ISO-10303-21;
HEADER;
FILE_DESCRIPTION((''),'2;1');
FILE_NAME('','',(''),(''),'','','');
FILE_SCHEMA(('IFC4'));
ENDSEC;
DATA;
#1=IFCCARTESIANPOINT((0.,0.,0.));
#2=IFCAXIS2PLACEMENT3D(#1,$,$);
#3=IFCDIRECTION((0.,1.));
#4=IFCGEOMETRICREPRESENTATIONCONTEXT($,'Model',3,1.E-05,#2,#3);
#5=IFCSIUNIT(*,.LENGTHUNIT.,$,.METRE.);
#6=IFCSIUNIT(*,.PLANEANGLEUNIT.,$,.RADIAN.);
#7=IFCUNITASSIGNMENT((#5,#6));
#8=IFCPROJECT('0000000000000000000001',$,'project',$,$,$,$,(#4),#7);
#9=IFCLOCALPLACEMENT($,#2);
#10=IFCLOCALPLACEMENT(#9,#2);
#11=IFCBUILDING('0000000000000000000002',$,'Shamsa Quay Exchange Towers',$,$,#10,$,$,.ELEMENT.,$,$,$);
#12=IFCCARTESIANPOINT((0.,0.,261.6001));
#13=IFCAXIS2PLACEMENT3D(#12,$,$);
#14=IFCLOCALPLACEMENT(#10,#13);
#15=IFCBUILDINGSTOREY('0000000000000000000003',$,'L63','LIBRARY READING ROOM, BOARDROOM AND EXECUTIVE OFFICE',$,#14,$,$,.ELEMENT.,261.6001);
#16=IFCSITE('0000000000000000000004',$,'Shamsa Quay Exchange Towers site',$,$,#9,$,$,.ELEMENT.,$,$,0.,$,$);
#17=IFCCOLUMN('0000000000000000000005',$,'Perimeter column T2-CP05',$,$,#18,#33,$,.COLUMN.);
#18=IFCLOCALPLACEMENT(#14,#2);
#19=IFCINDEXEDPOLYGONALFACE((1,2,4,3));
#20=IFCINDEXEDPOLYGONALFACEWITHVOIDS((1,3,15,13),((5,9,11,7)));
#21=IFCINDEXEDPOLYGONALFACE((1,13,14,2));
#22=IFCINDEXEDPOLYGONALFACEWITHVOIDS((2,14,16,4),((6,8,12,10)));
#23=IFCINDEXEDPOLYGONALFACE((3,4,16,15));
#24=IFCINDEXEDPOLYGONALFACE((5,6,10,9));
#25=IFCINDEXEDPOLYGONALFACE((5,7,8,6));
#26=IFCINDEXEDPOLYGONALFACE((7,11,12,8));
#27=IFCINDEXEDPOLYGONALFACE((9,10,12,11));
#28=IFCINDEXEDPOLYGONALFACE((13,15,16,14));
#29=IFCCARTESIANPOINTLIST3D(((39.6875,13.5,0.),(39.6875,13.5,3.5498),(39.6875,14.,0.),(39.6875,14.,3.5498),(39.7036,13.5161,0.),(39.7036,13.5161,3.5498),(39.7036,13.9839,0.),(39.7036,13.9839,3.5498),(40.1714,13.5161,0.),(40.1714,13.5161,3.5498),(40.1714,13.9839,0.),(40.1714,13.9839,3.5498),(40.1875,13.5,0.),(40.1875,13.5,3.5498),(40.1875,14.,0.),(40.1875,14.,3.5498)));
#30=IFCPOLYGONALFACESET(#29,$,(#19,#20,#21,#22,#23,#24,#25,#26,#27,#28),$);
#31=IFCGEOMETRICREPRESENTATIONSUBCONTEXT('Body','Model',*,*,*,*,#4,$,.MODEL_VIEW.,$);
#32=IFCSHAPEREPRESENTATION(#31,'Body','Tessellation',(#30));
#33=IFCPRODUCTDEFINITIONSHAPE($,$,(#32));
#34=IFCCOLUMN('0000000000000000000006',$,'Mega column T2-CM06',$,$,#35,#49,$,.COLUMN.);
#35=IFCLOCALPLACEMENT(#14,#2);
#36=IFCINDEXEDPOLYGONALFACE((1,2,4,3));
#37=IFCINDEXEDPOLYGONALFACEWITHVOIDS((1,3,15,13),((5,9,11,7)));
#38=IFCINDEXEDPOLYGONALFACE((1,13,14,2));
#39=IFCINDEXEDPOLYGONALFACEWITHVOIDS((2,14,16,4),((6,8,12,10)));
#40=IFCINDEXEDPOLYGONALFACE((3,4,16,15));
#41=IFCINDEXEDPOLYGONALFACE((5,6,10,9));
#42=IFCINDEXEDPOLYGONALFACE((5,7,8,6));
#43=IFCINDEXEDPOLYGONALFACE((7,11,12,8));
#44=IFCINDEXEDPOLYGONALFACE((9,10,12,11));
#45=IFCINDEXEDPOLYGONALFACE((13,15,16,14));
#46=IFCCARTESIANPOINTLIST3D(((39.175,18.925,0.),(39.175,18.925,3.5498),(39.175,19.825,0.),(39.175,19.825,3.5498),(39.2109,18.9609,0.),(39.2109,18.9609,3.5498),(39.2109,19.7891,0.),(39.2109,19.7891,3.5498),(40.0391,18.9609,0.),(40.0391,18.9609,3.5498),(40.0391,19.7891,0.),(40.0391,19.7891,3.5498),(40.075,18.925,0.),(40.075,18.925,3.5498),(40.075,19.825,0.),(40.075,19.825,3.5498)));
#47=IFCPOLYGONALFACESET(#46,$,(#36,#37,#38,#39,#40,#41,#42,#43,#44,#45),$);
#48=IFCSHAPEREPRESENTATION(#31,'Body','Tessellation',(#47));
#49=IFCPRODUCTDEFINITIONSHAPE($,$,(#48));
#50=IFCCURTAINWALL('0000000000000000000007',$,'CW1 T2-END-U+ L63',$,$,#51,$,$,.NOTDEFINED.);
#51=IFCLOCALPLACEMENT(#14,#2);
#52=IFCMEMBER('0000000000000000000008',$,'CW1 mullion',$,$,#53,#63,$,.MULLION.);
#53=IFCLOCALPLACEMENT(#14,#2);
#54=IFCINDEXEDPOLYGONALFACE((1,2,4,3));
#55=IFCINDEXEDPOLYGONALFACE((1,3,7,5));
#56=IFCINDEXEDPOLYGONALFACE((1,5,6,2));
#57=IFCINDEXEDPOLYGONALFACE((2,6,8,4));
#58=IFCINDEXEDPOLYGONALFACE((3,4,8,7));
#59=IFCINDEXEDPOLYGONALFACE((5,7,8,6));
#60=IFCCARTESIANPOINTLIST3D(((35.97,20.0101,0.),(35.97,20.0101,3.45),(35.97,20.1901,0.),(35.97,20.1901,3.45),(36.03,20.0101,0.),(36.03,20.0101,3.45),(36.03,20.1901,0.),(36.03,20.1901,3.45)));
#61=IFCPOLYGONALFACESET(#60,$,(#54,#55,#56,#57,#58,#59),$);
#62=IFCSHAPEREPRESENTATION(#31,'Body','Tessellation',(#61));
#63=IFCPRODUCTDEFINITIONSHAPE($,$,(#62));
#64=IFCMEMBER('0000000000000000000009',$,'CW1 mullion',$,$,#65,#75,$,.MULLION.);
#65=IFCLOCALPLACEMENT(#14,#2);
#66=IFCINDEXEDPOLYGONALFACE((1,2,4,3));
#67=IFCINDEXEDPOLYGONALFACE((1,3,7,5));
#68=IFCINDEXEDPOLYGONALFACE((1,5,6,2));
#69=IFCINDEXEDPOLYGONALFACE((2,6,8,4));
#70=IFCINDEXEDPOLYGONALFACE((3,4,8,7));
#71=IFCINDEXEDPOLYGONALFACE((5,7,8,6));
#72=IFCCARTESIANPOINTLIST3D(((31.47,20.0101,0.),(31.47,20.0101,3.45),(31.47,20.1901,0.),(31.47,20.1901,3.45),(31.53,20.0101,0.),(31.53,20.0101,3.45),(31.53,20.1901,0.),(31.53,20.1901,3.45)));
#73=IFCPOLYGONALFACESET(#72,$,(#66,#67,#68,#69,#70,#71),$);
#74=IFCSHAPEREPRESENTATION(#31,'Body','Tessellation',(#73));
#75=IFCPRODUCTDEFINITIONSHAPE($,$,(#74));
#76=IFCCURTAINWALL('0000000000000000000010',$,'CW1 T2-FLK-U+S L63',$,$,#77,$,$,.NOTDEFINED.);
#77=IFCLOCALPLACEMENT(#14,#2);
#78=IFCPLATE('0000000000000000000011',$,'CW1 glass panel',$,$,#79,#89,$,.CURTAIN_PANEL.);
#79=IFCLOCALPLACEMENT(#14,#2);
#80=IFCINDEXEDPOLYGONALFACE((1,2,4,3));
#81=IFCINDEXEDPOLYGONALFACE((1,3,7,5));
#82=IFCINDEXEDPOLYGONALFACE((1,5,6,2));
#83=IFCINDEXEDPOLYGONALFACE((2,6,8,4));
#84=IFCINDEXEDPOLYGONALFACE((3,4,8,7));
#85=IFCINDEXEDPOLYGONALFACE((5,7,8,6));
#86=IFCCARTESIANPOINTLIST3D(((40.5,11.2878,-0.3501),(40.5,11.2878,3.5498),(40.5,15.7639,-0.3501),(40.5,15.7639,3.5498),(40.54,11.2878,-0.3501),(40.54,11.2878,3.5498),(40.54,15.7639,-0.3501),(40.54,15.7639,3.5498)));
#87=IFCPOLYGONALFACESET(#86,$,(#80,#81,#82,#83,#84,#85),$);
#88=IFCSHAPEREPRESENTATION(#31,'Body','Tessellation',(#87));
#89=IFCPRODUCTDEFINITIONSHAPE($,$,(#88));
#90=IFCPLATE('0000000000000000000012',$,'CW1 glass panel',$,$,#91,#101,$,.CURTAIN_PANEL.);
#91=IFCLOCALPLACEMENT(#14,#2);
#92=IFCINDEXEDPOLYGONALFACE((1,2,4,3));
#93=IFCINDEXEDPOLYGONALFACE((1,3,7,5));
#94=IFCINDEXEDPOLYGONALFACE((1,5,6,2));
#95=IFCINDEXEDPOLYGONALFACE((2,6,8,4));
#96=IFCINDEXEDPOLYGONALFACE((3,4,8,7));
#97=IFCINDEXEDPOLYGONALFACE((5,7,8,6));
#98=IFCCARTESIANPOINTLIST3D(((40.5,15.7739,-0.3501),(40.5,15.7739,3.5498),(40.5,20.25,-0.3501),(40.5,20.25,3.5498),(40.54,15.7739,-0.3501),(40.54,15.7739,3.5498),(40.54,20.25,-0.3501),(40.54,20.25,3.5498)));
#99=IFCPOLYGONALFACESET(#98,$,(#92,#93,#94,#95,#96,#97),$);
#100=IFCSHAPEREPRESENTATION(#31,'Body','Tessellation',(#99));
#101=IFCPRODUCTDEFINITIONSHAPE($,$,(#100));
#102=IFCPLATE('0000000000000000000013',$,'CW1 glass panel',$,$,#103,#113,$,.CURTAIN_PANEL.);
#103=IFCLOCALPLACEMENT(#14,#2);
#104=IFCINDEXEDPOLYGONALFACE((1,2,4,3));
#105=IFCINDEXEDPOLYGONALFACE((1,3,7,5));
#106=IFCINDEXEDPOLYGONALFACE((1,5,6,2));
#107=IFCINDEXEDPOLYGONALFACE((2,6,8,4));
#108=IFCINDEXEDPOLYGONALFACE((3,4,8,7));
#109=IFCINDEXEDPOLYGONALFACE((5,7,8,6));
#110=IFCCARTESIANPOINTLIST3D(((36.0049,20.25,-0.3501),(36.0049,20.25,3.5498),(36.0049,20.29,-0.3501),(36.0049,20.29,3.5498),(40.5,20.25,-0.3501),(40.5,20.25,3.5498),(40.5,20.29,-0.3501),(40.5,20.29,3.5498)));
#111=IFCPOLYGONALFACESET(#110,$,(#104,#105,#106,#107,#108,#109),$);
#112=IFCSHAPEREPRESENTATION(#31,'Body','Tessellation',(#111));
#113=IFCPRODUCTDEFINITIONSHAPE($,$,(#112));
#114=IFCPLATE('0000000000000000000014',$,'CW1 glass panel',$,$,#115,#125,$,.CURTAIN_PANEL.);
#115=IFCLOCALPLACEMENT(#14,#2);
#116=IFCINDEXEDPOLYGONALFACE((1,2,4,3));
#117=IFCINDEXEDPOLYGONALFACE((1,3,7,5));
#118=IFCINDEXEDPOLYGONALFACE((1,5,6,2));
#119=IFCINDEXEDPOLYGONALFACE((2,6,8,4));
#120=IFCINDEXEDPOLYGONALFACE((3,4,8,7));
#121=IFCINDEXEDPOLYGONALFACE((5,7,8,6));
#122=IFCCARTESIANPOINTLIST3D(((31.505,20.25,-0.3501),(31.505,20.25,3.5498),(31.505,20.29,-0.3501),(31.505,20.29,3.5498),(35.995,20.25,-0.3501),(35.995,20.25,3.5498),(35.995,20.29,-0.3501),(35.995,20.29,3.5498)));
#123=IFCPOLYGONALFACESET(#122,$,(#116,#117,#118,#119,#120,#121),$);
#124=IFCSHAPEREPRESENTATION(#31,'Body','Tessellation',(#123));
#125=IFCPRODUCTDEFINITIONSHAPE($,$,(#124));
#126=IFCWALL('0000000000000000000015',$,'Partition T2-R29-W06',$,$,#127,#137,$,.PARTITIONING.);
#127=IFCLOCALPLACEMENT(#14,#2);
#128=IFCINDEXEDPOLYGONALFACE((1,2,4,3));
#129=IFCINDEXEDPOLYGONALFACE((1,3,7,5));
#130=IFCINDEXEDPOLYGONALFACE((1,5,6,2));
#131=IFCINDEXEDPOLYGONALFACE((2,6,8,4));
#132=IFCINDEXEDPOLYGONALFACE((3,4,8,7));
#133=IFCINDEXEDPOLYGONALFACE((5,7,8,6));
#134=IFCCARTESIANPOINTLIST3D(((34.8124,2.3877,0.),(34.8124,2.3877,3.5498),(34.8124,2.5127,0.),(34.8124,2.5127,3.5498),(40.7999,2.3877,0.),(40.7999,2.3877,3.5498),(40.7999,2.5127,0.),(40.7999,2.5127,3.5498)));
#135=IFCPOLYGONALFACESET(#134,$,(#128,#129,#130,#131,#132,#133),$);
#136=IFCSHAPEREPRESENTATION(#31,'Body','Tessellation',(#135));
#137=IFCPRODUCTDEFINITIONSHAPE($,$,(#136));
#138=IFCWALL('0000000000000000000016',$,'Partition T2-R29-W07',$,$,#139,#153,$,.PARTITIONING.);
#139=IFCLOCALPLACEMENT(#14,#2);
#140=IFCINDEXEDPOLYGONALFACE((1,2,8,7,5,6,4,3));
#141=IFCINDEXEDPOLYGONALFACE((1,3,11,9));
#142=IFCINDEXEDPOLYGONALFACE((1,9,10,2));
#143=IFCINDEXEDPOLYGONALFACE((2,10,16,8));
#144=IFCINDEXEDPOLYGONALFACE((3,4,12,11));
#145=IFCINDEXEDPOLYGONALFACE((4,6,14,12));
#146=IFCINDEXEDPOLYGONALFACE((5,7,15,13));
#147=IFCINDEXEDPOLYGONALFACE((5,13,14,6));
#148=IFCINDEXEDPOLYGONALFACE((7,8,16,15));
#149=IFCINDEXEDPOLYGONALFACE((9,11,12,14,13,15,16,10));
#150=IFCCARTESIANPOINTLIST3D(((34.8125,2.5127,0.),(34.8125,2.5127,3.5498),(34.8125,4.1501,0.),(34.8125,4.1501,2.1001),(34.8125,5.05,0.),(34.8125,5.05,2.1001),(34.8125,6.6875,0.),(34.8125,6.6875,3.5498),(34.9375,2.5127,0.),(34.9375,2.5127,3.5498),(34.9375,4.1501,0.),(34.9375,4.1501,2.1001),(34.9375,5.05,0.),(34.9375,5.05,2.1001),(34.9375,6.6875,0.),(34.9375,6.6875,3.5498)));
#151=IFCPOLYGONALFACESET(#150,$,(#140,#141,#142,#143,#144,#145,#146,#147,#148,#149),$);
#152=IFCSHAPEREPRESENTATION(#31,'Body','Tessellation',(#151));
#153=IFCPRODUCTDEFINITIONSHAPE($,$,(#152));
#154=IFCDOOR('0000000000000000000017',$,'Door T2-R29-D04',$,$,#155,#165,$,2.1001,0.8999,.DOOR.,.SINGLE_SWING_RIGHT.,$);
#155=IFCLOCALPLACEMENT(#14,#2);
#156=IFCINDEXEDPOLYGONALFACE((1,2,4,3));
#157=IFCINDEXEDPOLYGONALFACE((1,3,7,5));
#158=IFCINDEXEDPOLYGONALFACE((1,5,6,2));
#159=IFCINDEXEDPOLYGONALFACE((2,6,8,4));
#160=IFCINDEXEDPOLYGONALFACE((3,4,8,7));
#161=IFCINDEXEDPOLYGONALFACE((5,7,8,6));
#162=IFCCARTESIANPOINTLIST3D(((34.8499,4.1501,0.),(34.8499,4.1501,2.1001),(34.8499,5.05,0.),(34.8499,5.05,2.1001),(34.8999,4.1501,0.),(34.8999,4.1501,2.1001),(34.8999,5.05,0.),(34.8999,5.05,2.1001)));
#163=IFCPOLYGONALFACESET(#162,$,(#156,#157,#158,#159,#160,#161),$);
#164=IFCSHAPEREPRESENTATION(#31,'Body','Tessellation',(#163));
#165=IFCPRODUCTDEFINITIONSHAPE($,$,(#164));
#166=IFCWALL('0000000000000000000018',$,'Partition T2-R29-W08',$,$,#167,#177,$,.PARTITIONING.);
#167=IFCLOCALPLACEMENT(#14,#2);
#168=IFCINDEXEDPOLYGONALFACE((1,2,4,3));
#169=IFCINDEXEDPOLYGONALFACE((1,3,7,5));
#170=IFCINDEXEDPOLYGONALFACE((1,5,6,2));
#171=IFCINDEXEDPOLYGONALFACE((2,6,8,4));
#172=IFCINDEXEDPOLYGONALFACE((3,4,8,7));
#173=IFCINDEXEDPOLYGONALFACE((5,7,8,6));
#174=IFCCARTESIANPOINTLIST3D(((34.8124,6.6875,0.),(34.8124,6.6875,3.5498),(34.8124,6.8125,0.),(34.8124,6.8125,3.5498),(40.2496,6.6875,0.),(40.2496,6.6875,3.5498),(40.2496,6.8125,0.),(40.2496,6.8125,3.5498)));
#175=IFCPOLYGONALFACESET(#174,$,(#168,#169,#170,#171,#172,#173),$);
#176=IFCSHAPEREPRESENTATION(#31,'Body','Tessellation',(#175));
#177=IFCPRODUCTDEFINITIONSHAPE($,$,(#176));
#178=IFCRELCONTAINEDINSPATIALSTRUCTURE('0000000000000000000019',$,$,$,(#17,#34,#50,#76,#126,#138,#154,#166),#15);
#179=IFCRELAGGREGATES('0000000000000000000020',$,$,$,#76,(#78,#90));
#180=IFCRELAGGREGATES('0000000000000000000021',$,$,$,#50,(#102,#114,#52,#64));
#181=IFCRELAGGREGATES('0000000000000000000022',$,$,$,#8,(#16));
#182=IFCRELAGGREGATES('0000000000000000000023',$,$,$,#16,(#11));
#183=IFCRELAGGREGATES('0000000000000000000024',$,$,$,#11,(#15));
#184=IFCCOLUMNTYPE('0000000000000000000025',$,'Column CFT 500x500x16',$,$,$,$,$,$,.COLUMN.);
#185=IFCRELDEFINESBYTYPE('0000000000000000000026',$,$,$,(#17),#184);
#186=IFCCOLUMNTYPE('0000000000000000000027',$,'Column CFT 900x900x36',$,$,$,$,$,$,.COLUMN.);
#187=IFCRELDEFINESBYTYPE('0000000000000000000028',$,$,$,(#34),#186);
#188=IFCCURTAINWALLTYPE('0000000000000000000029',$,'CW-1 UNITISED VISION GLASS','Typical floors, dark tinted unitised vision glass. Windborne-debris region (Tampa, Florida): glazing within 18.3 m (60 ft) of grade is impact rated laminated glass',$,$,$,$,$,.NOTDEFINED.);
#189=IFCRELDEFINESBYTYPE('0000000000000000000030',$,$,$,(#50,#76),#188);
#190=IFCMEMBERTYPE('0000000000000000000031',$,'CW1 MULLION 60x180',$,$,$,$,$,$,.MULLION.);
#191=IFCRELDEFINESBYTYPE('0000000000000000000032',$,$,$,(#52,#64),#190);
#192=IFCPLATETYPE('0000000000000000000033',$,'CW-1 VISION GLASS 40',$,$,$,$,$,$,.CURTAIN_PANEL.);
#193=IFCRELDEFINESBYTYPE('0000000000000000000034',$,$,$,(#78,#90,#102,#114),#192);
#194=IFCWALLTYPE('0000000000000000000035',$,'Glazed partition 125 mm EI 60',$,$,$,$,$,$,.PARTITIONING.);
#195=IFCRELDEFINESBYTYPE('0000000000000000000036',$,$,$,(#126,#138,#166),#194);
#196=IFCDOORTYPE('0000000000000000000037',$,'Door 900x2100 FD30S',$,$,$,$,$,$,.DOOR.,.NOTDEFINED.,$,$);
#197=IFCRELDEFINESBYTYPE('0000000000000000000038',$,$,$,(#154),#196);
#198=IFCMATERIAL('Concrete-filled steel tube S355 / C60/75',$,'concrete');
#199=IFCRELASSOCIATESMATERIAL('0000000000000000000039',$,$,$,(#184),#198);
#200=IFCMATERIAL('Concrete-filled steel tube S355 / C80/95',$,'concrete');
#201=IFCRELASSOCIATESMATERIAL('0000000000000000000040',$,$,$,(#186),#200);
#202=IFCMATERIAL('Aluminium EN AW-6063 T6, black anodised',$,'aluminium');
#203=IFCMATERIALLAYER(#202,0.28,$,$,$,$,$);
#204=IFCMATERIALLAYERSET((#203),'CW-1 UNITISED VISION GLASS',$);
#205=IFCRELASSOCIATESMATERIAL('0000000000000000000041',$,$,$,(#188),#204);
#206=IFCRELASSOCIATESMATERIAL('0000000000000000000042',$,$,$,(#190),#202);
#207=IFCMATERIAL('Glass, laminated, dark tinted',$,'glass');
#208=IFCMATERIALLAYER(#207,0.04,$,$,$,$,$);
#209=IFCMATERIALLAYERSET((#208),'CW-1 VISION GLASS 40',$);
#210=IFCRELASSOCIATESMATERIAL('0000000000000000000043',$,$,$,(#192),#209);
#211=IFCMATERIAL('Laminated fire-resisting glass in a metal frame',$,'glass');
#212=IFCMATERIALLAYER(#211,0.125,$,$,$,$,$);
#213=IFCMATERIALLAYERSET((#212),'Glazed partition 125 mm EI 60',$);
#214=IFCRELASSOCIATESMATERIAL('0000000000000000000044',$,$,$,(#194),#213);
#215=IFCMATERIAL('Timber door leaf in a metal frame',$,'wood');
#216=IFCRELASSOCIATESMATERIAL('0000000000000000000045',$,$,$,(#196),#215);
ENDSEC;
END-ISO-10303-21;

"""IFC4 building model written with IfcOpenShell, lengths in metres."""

from ifc_helpers import new_model, si_unit, direction, frame, frame_2d, origin, origin_2d, place, context, subcontext, project, spatial, rectangle, hollow_rectangle, extrude, material, layer, layer_set, material_profile, profile_set, type_object, element, fill, aggregate, save


model = new_model("IFC4")

# Units and contexts
model_context = context("Model", 3, precision=1e-05, world=origin(), true_north=direction((0.0, 1.0)))
body_context = subcontext(model_context, "Body", "Model", "MODEL_VIEW")
ifc_project = project(units=[si_unit("LENGTHUNIT", "METRE"), si_unit("PLANEANGLEUNIT", "RADIAN")], contexts=[model_context])

# Site, building, storey
site_placement = place(None, origin())
site = spatial("IfcSite", under=ifc_project, at=site_placement, Name="Shamsa Quay Exchange Towers site", CompositionType="ELEMENT", RefElevation=0.0)
building_placement = place(site_placement, origin())
building = spatial("IfcBuilding", under=site, at=building_placement, Name="Shamsa Quay Exchange Towers", CompositionType="ELEMENT")
storey_placement = place(building_placement, frame((0.0, 0.0, 261.6001)))
storey = spatial("IfcBuildingStorey", under=building, at=storey_placement, Name="L63", Description="LIBRARY READING ROOM, BOARDROOM AND EXECUTIVE OFFICE", CompositionType="ELEMENT", Elevation=261.6001)

# Columns
ifc_material_1 = material(Name="Concrete-filled steel tube S355 / C60/75", Category="concrete")
ifc_material_profile_1 = material_profile(ifc_material_1, hollow_rectangle(XDim=0.5, YDim=0.5, WallThickness=0.0161, at=origin_2d()), Name="CFT 500x500x16")
ifc_profile_set_1 = profile_set([ifc_material_profile_1], Name="Concrete-filled steel tube S355 / C60/75")
column_type_1 = type_object("IfcColumnType", Name="Column CFT 500x500x16", PredefinedType="COLUMN", material=ifc_profile_set_1)
column_1_placement = place(storey_placement, frame((39.9375, 13.75, 0.0)))
element("IfcColumn", 1, at=column_1_placement, inside=storey, type_object=column_type_1, Name="Perimeter column T2-CP05", PredefinedType="COLUMN", context=body_context, shape_type="SweptSolid", body=[
    extrude(hollow_rectangle(XDim=0.5, YDim=0.5, WallThickness=0.0161, at=origin_2d()), origin(), (0.0, 0.0, 1.0), 3.5498),
])
ifc_material_2 = material(Name="Concrete-filled steel tube S355 / C80/95", Category="concrete")
ifc_material_profile_2 = material_profile(ifc_material_2, hollow_rectangle(XDim=0.8999, YDim=0.8999, WallThickness=0.0359, at=origin_2d()), Name="CFT 900x900x36")
ifc_profile_set_2 = profile_set([ifc_material_profile_2], Name="Concrete-filled steel tube S355 / C80/95")
column_type_2 = type_object("IfcColumnType", Name="Column CFT 900x900x36", PredefinedType="COLUMN", material=ifc_profile_set_2)
column_2_placement = place(storey_placement, frame((39.625, 19.375, 0.0)))
element("IfcColumn", 2, at=column_2_placement, inside=storey, type_object=column_type_2, Name="Mega column T2-CM06", PredefinedType="COLUMN", context=body_context, shape_type="SweptSolid", body=[
    extrude(hollow_rectangle(XDim=0.8999, YDim=0.8999, WallThickness=0.0359, at=origin_2d()), origin(), (0.0, 0.0, 1.0), 3.5498),
])

# Curtain wall, members
ifc_material_3 = material(Name="Aluminium EN AW-6063 T6, black anodised", Category="aluminium")
ifc_layer_1 = layer(ifc_material_3, 0.28)
ifc_layer_set_1 = layer_set([ifc_layer_1], Name="CW-1 UNITISED VISION GLASS")
curtain_wall_type = type_object("IfcCurtainWallType", Name="CW-1 UNITISED VISION GLASS", Description="Typical floors, dark tinted unitised vision glass. Windborne-debris region (Tampa, Florida): glazing within 18.3 m (60 ft) of grade is impact rated laminated glass", PredefinedType="NOTDEFINED", material=ifc_layer_set_1)
curtain_wall_1_placement = place(storey_placement, origin())
curtain_wall_1 = element("IfcCurtainWall", 3, at=curtain_wall_1_placement, inside=storey, type_object=curtain_wall_type, Name="CW1 T2-END-U+ L63", PredefinedType="NOTDEFINED")
ifc_material_profile_3 = material_profile(ifc_material_3, rectangle(XDim=0.1799, YDim=0.0601, at=origin_2d()), Name="MU60x180")
ifc_profile_set_3 = profile_set([ifc_material_profile_3], Name="Aluminium EN AW-6063 T6, black anodised")
member_type = type_object("IfcMemberType", Name="CW1 MULLION 60x180", PredefinedType="MULLION", material=ifc_profile_set_3)
member_1_placement = place(storey_placement, frame((36.0, 20.1001, 0.0), z_axis=(0.0, 0.0, 1.0), x_axis=(0.0, -1.0, 0.0)))
member_1 = element("IfcMember", 4, at=member_1_placement, type_object=member_type, Name="CW1 mullion", PredefinedType="MULLION", context=body_context, shape_type="SweptSolid", body=[
    extrude(rectangle(XDim=0.1799, YDim=0.0601, at=origin_2d()), origin(), (0.0, 0.0, 1.0), 3.45),
])
member_2_placement = place(storey_placement, frame((31.5, 20.1001, 0.0), z_axis=(0.0, 0.0, 1.0), x_axis=(0.0, -1.0, 0.0)))
member_2 = element("IfcMember", 5, at=member_2_placement, type_object=member_type, Name="CW1 mullion", PredefinedType="MULLION", context=body_context, shape_type="SweptSolid", body=[
    extrude(rectangle(XDim=0.1799, YDim=0.0601, at=origin_2d()), origin(), (0.0, 0.0, 1.0), 3.45),
])

# Curtain wall, plates
curtain_wall_2_placement = place(storey_placement, origin())
curtain_wall_2 = element("IfcCurtainWall", 6, at=curtain_wall_2_placement, inside=storey, type_object=curtain_wall_type, Name="CW1 T2-FLK-U+S L63", PredefinedType="NOTDEFINED")
ifc_material_4 = material(Name="Glass, laminated, dark tinted", Category="glass")
ifc_layer_2 = layer(ifc_material_4, 0.04)
ifc_layer_set_2 = layer_set([ifc_layer_2], Name="CW-1 VISION GLASS 40")
plate_type = type_object("IfcPlateType", Name="CW-1 VISION GLASS 40", PredefinedType="CURTAIN_PANEL", material=ifc_layer_set_2)
plate_1_placement = place(storey_placement, frame((40.52, 13.5259, -0.3501), z_axis=(0.0, 0.0, 1.0), x_axis=(0.0, 1.0, 0.0)))
plate_1 = element("IfcPlate", 7, at=plate_1_placement, type_object=plate_type, Name="CW1 glass panel", PredefinedType="CURTAIN_PANEL", context=body_context, shape_type="SweptSolid", body=[
    extrude(rectangle(XDim=4.4761, YDim=0.04, at=origin_2d()), origin(), (0.0, 0.0, 1.0), 3.8999),
])
plate_2_placement = place(storey_placement, frame((40.52, 18.012, -0.3501), z_axis=(0.0, 0.0, 1.0), x_axis=(0.0, 1.0, 0.0)))
plate_2 = element("IfcPlate", 8, at=plate_2_placement, type_object=plate_type, Name="CW1 glass panel", PredefinedType="CURTAIN_PANEL", context=body_context, shape_type="SweptSolid", body=[
    extrude(rectangle(XDim=4.4761, YDim=0.04, at=origin_2d()), origin(), (0.0, 0.0, 1.0), 3.8999),
])
aggregate(curtain_wall_2, [plate_1, plate_2])

# Plates
plate_3_placement = place(storey_placement, frame((38.2524, 20.27, -0.3501), z_axis=(0.0, 0.0, 1.0), x_axis=(-1.0, 0.0, 0.0)))
plate_3 = element("IfcPlate", 9, at=plate_3_placement, type_object=plate_type, Name="CW1 glass panel", PredefinedType="CURTAIN_PANEL", context=body_context, shape_type="SweptSolid", body=[
    extrude(rectangle(XDim=4.4951, YDim=0.04, at=origin_2d()), origin(), (0.0, 0.0, 1.0), 3.8999),
])
plate_4_placement = place(storey_placement, frame((33.75, 20.27, -0.3501), z_axis=(0.0, 0.0, 1.0), x_axis=(-1.0, 0.0, 0.0)))
plate_4 = element("IfcPlate", 10, at=plate_4_placement, type_object=plate_type, Name="CW1 glass panel", PredefinedType="CURTAIN_PANEL", context=body_context, shape_type="SweptSolid", body=[
    extrude(rectangle(XDim=4.49, YDim=0.04, at=origin_2d()), origin(), (0.0, 0.0, 1.0), 3.8999),
])
aggregate(curtain_wall_1, [plate_3, plate_4, member_1, member_2])

# Wall
ifc_material_5 = material(Name="Laminated fire-resisting glass in a metal frame", Category="glass")
ifc_layer_3 = layer(ifc_material_5, 0.125)
ifc_layer_set_3 = layer_set([ifc_layer_3], Name="Glazed partition 125 mm EI 60")
wall_type_1 = type_object("IfcWallType", Name="Glazed partition 125 mm EI 60", PredefinedType="PARTITIONING", material=ifc_layer_set_3)
wall_1_placement = place(storey_placement, frame((34.8125, 2.4502, 0.0)))
element("IfcWall", 11, at=wall_1_placement, inside=storey, type_object=wall_type_1, Name="Partition T2-R29-W06", PredefinedType="PARTITIONING", context=body_context, shape_type="SweptSolid", body=[
    extrude(rectangle(XDim=5.9875, YDim=0.125, at=frame_2d((2.9937, 0.0))), origin(), (0.0, 0.0, 1.0), 3.5498),
])

# Wall, opening, door
wall_2_placement = place(storey_placement, frame((34.875, 6.6875, 0.0), z_axis=(0.0, 0.0, 1.0), x_axis=(0.0, -1.0, 0.0)))
wall_2 = element("IfcWall", 12, at=wall_2_placement, inside=storey, type_object=wall_type_1, Name="Partition T2-R29-W07", PredefinedType="PARTITIONING", context=body_context, shape_type="SweptSolid", body=[
    extrude(rectangle(XDim=4.1748, YDim=0.125, at=frame_2d((2.0874, 0.0))), origin(), (0.0, 0.0, 1.0), 3.5498),
])
opening_1_placement = place(wall_2_placement, frame((1.6375, 0.0, 0.0)))
opening_1 = element("IfcOpeningElement", 13, at=opening_1_placement, cuts=wall_2, PredefinedType="OPENING", context=body_context, shape_type="SweptSolid", body=[
    extrude(rectangle(XDim=0.8999, YDim=2.1001, at=frame_2d((0.45, 1.05))), frame((0.0, 0.0725, 0.0), z_axis=(0.0, -1.0, 0.0), x_axis=(1.0, 0.0, 0.0)), (0.0, 0.0, 1.0), 0.145),
])
ifc_material_6 = material(Name="Timber door leaf in a metal frame", Category="wood")
door_type_1 = type_object("IfcDoorType", Name="Door 900x2100 FD30S", OperationType="NOTDEFINED", PredefinedType="DOOR", material=ifc_material_6)
door_1_placement = place(opening_1_placement, origin())
door_1 = element("IfcDoor", 14, at=door_1_placement, inside=storey, type_object=door_type_1, Name="Door T2-R29-D04", OperationType="SINGLE_SWING_RIGHT", OverallHeight=2.1001, OverallWidth=0.8999, PredefinedType="DOOR", context=body_context, shape_type="SweptSolid", body=[
    extrude(rectangle(XDim=0.8999, YDim=2.1001, at=frame_2d((0.45, 1.05))), frame((0.0, 0.0249, 0.0), z_axis=(0.0, -1.0, 0.0), x_axis=(1.0, 0.0, 0.0)), (0.0, 0.0, 1.0), 0.05),
])
fill(opening_1, door_1)

# Wall
wall_3_placement = place(storey_placement, frame((40.2498, 6.75, 0.0), z_axis=(0.0, 0.0, 1.0), x_axis=(-1.0, 0.0, 0.0)))
element("IfcWall", 15, at=wall_3_placement, inside=storey, type_object=wall_type_1, Name="Partition T2-R29-W08", PredefinedType="PARTITIONING", context=body_context, shape_type="SweptSolid", body=[
    extrude(rectangle(XDim=5.4373, YDim=0.125, at=frame_2d((2.7188, 0.0))), origin(), (0.0, 0.0, 1.0), 3.5498),
])

save(model, "model.ifc")
